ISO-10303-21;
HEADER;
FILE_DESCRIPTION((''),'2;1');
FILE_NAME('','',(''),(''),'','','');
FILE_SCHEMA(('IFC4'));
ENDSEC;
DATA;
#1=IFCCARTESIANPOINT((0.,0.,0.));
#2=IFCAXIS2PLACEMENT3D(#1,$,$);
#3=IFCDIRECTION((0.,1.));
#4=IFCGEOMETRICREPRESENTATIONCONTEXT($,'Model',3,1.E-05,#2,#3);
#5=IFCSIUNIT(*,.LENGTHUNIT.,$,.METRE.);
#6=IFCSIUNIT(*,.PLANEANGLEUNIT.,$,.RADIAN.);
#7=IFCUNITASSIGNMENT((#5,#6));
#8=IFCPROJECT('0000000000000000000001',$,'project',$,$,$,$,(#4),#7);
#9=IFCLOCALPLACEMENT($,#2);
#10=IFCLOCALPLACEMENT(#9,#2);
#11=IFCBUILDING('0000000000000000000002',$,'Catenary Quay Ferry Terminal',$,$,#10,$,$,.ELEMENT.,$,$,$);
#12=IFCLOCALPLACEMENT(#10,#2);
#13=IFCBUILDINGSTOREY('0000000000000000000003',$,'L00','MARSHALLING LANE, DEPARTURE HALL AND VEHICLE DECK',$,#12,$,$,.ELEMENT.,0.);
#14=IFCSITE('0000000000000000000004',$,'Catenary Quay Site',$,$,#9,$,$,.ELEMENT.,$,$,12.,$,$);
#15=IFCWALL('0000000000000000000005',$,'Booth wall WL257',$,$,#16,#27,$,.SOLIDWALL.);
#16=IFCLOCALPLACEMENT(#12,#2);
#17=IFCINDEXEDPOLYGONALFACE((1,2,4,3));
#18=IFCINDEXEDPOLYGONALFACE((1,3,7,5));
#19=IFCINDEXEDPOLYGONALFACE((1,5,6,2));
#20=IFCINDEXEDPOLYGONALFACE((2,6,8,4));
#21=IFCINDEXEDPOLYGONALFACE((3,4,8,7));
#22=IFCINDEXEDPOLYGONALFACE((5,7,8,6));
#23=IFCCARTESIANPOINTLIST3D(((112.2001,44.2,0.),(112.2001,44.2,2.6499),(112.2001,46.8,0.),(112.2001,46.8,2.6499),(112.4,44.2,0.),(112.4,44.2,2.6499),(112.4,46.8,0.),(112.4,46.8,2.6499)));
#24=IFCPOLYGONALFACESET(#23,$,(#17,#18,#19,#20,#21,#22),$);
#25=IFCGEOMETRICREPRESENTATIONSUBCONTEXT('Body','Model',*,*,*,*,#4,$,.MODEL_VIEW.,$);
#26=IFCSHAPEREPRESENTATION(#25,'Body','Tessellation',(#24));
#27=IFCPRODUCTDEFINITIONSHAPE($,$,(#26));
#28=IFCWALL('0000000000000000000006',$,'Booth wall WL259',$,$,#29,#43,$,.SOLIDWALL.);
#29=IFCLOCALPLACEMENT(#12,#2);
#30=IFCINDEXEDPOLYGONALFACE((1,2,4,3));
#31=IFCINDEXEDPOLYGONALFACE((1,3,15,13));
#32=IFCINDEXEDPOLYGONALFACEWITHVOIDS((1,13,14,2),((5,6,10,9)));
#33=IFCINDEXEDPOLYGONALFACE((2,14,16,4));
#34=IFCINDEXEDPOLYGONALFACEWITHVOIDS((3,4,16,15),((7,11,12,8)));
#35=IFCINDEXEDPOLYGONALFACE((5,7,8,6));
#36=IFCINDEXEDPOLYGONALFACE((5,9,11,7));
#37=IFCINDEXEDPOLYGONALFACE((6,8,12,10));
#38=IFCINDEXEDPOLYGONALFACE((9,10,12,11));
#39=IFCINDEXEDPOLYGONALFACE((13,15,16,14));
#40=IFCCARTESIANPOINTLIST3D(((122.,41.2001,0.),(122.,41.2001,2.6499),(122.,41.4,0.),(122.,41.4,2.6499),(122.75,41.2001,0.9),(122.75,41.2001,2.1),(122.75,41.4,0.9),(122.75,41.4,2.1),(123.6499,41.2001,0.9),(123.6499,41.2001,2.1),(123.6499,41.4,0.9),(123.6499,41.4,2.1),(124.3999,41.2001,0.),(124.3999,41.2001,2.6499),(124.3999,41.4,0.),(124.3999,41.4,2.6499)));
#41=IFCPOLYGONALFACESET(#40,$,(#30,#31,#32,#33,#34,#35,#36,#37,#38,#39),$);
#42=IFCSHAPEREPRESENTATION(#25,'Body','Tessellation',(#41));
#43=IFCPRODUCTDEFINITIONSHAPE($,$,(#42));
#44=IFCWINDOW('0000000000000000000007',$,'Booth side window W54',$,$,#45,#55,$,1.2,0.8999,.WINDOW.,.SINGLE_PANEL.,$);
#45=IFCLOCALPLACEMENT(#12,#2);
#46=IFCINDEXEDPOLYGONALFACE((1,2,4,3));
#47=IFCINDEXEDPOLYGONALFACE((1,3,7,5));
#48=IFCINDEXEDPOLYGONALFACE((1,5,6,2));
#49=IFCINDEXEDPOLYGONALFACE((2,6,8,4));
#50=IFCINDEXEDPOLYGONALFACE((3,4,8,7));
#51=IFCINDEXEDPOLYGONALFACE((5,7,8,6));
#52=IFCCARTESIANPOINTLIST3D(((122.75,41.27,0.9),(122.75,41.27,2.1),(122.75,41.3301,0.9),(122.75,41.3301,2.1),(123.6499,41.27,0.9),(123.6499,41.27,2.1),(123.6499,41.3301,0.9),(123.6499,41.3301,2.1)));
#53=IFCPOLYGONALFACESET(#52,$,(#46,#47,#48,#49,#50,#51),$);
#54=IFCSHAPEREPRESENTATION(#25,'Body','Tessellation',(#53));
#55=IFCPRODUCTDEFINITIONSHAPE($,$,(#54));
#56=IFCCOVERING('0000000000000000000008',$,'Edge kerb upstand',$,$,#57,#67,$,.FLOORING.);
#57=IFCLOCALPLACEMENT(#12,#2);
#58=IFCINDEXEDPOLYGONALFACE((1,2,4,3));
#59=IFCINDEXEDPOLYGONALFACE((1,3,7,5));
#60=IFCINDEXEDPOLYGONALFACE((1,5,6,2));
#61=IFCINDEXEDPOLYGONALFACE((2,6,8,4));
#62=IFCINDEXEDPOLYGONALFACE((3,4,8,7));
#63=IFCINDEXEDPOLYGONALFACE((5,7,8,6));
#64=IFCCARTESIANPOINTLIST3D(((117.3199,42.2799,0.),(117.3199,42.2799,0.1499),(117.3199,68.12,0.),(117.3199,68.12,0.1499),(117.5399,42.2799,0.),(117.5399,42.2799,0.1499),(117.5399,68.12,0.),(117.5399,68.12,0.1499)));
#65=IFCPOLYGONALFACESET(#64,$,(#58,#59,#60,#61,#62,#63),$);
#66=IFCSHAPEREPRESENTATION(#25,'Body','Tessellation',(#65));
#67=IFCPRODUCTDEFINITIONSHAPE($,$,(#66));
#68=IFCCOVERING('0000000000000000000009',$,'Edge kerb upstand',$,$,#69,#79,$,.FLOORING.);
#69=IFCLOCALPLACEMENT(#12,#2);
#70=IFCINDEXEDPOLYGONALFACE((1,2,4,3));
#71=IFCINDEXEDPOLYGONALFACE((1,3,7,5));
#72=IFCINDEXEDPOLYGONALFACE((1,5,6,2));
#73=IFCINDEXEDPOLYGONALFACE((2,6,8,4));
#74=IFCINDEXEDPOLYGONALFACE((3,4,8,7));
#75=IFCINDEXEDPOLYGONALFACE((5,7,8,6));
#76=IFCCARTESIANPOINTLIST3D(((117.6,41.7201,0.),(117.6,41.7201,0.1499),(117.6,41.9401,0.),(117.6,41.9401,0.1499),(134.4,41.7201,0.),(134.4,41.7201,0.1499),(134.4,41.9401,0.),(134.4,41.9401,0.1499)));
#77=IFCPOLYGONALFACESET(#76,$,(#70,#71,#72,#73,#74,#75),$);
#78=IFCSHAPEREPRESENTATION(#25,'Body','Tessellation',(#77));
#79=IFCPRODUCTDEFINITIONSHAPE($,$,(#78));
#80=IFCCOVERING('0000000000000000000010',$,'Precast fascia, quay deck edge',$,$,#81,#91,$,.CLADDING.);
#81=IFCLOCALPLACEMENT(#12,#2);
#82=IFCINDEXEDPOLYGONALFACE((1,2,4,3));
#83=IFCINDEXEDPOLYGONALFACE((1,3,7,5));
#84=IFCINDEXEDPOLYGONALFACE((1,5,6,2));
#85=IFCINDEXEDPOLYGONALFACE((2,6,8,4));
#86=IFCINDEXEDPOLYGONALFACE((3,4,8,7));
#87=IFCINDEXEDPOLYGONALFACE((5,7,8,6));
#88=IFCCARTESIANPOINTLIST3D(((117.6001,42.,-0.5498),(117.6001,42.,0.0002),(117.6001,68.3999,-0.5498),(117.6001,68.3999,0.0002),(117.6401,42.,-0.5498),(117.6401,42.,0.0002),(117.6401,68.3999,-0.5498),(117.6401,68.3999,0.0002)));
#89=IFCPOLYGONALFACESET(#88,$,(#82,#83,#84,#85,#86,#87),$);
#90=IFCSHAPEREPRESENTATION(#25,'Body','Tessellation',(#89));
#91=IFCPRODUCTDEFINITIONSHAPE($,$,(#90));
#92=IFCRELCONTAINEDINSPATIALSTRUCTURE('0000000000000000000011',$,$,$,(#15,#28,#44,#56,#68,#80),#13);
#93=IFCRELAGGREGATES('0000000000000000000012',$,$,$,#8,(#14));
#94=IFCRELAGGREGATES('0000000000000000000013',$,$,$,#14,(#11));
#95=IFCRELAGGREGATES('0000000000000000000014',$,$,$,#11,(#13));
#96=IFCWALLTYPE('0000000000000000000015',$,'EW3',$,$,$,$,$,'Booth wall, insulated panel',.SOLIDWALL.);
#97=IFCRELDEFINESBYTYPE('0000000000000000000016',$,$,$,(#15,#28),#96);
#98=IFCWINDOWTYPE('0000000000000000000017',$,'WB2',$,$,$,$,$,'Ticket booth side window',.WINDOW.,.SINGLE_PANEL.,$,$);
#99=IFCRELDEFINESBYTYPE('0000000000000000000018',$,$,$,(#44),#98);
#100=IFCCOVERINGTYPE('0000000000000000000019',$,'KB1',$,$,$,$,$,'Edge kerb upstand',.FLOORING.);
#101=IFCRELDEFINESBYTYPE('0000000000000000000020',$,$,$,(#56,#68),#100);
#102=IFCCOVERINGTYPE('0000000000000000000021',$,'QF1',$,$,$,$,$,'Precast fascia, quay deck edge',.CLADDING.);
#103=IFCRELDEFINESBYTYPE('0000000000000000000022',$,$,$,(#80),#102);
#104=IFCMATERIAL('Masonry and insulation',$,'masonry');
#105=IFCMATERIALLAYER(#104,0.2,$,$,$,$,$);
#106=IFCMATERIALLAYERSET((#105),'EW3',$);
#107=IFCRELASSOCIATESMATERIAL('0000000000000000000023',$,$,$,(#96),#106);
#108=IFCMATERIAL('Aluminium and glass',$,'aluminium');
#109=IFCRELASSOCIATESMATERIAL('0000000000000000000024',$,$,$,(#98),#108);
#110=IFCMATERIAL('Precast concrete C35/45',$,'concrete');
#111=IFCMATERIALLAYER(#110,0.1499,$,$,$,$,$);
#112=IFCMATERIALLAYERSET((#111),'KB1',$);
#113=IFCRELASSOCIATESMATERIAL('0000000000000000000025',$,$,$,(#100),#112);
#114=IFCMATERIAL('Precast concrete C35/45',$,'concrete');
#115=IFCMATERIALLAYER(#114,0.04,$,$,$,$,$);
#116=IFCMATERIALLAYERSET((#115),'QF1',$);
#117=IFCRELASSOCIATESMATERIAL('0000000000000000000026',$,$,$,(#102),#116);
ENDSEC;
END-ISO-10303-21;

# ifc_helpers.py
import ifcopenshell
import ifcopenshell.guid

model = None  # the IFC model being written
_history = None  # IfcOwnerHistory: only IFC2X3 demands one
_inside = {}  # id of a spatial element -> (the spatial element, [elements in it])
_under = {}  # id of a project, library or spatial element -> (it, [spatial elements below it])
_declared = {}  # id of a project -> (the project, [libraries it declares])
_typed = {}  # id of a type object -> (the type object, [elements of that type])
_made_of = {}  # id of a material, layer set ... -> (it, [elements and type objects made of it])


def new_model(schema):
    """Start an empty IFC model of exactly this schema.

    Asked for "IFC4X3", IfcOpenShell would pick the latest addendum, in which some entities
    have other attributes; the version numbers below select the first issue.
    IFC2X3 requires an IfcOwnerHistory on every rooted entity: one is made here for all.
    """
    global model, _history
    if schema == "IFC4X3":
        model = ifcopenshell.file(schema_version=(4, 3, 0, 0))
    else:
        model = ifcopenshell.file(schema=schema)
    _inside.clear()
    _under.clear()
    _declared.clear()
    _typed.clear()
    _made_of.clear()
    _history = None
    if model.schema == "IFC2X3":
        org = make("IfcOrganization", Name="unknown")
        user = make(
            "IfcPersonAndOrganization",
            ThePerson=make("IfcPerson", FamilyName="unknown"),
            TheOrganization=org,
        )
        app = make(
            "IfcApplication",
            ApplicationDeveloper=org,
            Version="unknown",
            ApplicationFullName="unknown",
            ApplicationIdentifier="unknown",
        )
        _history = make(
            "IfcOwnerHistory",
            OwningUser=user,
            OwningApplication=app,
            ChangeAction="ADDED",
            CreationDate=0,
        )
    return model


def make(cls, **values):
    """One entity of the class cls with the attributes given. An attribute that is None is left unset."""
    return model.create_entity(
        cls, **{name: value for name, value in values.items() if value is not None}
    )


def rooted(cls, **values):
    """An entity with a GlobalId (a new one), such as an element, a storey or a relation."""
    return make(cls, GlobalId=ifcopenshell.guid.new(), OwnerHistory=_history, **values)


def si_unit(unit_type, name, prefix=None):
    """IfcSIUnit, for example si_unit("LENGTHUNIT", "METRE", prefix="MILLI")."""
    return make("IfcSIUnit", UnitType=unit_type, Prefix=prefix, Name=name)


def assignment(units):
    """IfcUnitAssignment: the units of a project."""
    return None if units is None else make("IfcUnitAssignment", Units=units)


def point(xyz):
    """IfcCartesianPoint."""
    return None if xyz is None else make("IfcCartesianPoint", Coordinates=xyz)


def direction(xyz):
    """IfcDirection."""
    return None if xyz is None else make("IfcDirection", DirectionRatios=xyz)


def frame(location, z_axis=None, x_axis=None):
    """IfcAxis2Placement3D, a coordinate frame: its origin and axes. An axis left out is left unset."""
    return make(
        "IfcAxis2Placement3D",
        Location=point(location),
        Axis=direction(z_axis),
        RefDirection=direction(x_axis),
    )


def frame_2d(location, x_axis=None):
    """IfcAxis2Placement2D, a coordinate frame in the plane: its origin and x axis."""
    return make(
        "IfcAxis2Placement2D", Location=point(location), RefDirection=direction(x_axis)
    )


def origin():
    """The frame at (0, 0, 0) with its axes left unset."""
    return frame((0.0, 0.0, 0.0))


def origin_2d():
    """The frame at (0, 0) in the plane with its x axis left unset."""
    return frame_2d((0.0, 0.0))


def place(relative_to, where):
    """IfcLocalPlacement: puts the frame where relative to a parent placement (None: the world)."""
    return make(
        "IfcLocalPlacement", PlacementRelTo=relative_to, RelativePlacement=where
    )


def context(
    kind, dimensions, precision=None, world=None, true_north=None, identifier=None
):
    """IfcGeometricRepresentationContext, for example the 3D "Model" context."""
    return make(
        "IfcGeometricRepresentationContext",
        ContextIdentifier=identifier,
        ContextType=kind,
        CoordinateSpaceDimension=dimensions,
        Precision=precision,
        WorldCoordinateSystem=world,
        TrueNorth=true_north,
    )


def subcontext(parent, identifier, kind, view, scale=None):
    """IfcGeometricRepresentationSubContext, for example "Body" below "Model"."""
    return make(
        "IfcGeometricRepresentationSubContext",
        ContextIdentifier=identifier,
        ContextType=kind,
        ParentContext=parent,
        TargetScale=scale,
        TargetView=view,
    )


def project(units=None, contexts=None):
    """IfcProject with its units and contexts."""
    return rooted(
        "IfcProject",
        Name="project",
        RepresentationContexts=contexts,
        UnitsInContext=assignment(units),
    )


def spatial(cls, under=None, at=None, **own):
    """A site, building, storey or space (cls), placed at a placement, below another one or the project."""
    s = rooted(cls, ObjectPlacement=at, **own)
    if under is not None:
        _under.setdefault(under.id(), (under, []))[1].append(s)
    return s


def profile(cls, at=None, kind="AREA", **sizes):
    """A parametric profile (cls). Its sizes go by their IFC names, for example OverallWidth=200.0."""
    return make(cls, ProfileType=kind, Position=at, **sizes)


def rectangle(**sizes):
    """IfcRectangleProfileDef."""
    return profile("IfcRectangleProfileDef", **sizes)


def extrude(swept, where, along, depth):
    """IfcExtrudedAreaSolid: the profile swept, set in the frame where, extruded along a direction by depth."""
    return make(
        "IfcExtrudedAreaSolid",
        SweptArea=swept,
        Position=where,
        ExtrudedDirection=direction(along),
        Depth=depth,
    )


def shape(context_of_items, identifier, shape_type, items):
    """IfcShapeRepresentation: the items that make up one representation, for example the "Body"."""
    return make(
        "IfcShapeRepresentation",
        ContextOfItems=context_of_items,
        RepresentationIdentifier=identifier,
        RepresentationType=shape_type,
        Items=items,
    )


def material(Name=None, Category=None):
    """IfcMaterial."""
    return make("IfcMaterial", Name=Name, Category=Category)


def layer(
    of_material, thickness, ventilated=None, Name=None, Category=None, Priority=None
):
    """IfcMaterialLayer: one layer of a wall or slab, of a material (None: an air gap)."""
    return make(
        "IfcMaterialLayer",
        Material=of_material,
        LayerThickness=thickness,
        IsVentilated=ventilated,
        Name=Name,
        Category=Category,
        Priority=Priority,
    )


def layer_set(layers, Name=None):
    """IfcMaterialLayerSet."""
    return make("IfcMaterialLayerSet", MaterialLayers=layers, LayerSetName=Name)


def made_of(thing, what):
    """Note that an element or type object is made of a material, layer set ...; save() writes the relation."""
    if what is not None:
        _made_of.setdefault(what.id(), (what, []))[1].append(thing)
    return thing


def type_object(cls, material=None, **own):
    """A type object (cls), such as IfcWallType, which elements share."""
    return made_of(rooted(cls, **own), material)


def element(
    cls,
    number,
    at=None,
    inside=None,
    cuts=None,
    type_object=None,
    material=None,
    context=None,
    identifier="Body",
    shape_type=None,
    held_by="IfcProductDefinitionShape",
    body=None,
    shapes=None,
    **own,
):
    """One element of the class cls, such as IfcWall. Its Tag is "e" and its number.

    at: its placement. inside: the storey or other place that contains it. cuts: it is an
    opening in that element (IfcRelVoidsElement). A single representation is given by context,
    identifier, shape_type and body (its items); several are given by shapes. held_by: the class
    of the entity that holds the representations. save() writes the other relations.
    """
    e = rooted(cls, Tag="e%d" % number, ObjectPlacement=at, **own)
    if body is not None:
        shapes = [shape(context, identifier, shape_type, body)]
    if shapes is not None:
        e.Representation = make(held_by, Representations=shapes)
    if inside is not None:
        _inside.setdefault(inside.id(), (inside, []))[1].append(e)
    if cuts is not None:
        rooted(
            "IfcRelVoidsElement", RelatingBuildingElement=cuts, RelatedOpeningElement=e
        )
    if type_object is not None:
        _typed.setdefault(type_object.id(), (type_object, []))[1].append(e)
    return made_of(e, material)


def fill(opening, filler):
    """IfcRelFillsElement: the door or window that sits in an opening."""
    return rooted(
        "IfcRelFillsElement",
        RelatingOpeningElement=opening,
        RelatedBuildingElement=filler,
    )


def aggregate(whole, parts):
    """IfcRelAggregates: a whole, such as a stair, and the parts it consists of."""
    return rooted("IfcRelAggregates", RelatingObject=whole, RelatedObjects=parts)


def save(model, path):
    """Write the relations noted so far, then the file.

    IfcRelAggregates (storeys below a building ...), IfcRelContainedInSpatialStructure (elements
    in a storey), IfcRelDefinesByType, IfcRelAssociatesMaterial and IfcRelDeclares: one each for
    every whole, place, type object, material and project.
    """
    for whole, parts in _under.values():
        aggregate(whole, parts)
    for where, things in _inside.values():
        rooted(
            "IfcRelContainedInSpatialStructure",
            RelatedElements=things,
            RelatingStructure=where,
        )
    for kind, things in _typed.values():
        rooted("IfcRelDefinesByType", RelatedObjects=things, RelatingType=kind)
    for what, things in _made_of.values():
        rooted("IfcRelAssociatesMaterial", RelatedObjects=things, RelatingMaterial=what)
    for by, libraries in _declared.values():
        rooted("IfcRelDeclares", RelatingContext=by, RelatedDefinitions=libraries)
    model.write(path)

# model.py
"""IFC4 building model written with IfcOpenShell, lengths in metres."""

from ifc_helpers import new_model, si_unit, direction, frame, frame_2d, origin, origin_2d, place, context, subcontext, project, spatial, rectangle, extrude, material, layer, layer_set, type_object, element, fill, save


model = new_model("IFC4")

# Units and contexts
model_context = context("Model", 3, precision=1e-05, world=origin(), true_north=direction((0.0, 1.0)))
body_context = subcontext(model_context, "Body", "Model", "MODEL_VIEW")
ifc_project = project(units=[si_unit("LENGTHUNIT", "METRE"), si_unit("PLANEANGLEUNIT", "RADIAN")], contexts=[model_context])

# Site, building, storey
site_placement = place(None, origin())
site = spatial("IfcSite", under=ifc_project, at=site_placement, Name="Catenary Quay Site", CompositionType="ELEMENT", RefElevation=12.0)
building_placement = place(site_placement, origin())
building = spatial("IfcBuilding", under=site, at=building_placement, Name="Catenary Quay Ferry Terminal", CompositionType="ELEMENT")
storey_placement = place(building_placement, origin())
storey = spatial("IfcBuildingStorey", under=building, at=storey_placement, Name="L00", Description="MARSHALLING LANE, DEPARTURE HALL AND VEHICLE DECK", CompositionType="ELEMENT", Elevation=0.0)

# Wall
ifc_material_1 = material(Name="Masonry and insulation", Category="masonry")
ifc_layer_1 = layer(ifc_material_1, 0.2)
ifc_layer_set_1 = layer_set([ifc_layer_1], Name="EW3")
wall_type = type_object("IfcWallType", Name="EW3", ElementType="Booth wall, insulated panel", PredefinedType="SOLIDWALL", material=ifc_layer_set_1)
wall_1_placement = place(storey_placement, frame((112.3, 44.2, 0.0), z_axis=(0.0, 0.0, 1.0), x_axis=(0.0, 1.0, 0.0)))
element("IfcWall", 1, at=wall_1_placement, inside=storey, type_object=wall_type, Name="Booth wall WL257", PredefinedType="SOLIDWALL", context=body_context, shape_type="SweptSolid", body=[
    extrude(rectangle(XDim=2.6001, YDim=0.2, at=frame_2d((1.3, 0.0))), origin(), (0.0, 0.0, 1.0), 2.6499),
])

# Wall, opening, window
wall_2_placement = place(storey_placement, frame((122.0, 41.3, 0.0), z_axis=(0.0, 0.0, 1.0), x_axis=(1.0, 0.0, 0.0)))
wall_2 = element("IfcWall", 2, at=wall_2_placement, inside=storey, type_object=wall_type, Name="Booth wall WL259", PredefinedType="SOLIDWALL", context=body_context, shape_type="SweptSolid", body=[
    extrude(rectangle(XDim=2.3999, YDim=0.2, at=frame_2d((1.2, 0.0))), origin(), (0.0, 0.0, 1.0), 2.6499),
])
opening_placement = place(wall_2_placement, frame((0.75, 0.0, 0.8999)))
opening = element("IfcOpeningElement", 3, at=opening_placement, cuts=wall_2, PredefinedType="OPENING", context=body_context, shape_type="SweptSolid", body=[
    extrude(rectangle(XDim=0.8999, YDim=1.2, at=frame_2d((0.45, 0.6001))), frame((0.0, 0.1099, 0.0), z_axis=(0.0, -1.0, 0.0), x_axis=(1.0, 0.0, 0.0)), (0.0, 0.0, 1.0), 0.22),
])
ifc_material_2 = material(Name="Aluminium and glass", Category="aluminium")
window_type = type_object("IfcWindowType", Name="WB2", ElementType="Ticket booth side window", PartitioningType="SINGLE_PANEL", PredefinedType="WINDOW", material=ifc_material_2)
window_placement = place(opening_placement, origin())
window = element("IfcWindow", 4, at=window_placement, inside=storey, type_object=window_type, Name="Booth side window W54", OverallHeight=1.2, OverallWidth=0.8999, PartitioningType="SINGLE_PANEL", PredefinedType="WINDOW", context=body_context, shape_type="SweptSolid", body=[
    extrude(rectangle(XDim=0.8999, YDim=1.2, at=frame_2d((0.45, 0.6001))), frame((0.0, 0.03, 0.0), z_axis=(0.0, -1.0, 0.0), x_axis=(1.0, 0.0, 0.0)), (0.0, 0.0, 1.0), 0.0601),
])
fill(opening, window)

# Coverings
ifc_material_3 = material(Name="Precast concrete C35/45", Category="concrete")
ifc_layer_2 = layer(ifc_material_3, 0.1499)
ifc_layer_set_2 = layer_set([ifc_layer_2], Name="KB1")
covering_type_1 = type_object("IfcCoveringType", Name="KB1", ElementType="Edge kerb upstand", PredefinedType="FLOORING", material=ifc_layer_set_2)
covering_1_placement = place(storey_placement, frame((117.4299, 55.2, 0.0), z_axis=(0.0, 0.0, 1.0), x_axis=(1.0, 0.0, 0.0)))
element("IfcCovering", 5, at=covering_1_placement, inside=storey, type_object=covering_type_1, Name="Edge kerb upstand", PredefinedType="FLOORING", context=body_context, shape_type="SweptSolid", body=[
    extrude(rectangle(XDim=0.22, YDim=25.8401, at=origin_2d()), origin(), (0.0, 0.0, 1.0), 0.1499),
])
covering_2_placement = place(storey_placement, frame((126.0, 41.8301, 0.0), z_axis=(0.0, 0.0, 1.0), x_axis=(1.0, 0.0, 0.0)))
element("IfcCovering", 6, at=covering_2_placement, inside=storey, type_object=covering_type_1, Name="Edge kerb upstand", PredefinedType="FLOORING", context=body_context, shape_type="SweptSolid", body=[
    extrude(rectangle(XDim=16.8, YDim=0.22, at=origin_2d()), origin(), (0.0, 0.0, 1.0), 0.1499),
])
ifc_material_4 = material(Name="Precast concrete C35/45", Category="concrete")
ifc_layer_3 = layer(ifc_material_4, 0.04)
ifc_layer_set_3 = layer_set([ifc_layer_3], Name="QF1")
covering_type_2 = type_object("IfcCoveringType", Name="QF1", ElementType="Precast fascia, quay deck edge", PredefinedType="CLADDING", material=ifc_layer_set_3)
covering_3_placement = place(storey_placement, frame((117.6201, 55.2, -0.5498), z_axis=(0.0, 0.0, 1.0), x_axis=(1.0, 0.0, 0.0)))
element("IfcCovering", 7, at=covering_3_placement, inside=storey, type_object=covering_type_2, Name="Precast fascia, quay deck edge", PredefinedType="CLADDING", context=body_context, shape_type="SweptSolid", body=[
    extrude(rectangle(XDim=0.04, YDim=26.3999, at=origin_2d()), origin(), (0.0, 0.0, 1.0), 0.55),
])

save(model, "model.ifc")
